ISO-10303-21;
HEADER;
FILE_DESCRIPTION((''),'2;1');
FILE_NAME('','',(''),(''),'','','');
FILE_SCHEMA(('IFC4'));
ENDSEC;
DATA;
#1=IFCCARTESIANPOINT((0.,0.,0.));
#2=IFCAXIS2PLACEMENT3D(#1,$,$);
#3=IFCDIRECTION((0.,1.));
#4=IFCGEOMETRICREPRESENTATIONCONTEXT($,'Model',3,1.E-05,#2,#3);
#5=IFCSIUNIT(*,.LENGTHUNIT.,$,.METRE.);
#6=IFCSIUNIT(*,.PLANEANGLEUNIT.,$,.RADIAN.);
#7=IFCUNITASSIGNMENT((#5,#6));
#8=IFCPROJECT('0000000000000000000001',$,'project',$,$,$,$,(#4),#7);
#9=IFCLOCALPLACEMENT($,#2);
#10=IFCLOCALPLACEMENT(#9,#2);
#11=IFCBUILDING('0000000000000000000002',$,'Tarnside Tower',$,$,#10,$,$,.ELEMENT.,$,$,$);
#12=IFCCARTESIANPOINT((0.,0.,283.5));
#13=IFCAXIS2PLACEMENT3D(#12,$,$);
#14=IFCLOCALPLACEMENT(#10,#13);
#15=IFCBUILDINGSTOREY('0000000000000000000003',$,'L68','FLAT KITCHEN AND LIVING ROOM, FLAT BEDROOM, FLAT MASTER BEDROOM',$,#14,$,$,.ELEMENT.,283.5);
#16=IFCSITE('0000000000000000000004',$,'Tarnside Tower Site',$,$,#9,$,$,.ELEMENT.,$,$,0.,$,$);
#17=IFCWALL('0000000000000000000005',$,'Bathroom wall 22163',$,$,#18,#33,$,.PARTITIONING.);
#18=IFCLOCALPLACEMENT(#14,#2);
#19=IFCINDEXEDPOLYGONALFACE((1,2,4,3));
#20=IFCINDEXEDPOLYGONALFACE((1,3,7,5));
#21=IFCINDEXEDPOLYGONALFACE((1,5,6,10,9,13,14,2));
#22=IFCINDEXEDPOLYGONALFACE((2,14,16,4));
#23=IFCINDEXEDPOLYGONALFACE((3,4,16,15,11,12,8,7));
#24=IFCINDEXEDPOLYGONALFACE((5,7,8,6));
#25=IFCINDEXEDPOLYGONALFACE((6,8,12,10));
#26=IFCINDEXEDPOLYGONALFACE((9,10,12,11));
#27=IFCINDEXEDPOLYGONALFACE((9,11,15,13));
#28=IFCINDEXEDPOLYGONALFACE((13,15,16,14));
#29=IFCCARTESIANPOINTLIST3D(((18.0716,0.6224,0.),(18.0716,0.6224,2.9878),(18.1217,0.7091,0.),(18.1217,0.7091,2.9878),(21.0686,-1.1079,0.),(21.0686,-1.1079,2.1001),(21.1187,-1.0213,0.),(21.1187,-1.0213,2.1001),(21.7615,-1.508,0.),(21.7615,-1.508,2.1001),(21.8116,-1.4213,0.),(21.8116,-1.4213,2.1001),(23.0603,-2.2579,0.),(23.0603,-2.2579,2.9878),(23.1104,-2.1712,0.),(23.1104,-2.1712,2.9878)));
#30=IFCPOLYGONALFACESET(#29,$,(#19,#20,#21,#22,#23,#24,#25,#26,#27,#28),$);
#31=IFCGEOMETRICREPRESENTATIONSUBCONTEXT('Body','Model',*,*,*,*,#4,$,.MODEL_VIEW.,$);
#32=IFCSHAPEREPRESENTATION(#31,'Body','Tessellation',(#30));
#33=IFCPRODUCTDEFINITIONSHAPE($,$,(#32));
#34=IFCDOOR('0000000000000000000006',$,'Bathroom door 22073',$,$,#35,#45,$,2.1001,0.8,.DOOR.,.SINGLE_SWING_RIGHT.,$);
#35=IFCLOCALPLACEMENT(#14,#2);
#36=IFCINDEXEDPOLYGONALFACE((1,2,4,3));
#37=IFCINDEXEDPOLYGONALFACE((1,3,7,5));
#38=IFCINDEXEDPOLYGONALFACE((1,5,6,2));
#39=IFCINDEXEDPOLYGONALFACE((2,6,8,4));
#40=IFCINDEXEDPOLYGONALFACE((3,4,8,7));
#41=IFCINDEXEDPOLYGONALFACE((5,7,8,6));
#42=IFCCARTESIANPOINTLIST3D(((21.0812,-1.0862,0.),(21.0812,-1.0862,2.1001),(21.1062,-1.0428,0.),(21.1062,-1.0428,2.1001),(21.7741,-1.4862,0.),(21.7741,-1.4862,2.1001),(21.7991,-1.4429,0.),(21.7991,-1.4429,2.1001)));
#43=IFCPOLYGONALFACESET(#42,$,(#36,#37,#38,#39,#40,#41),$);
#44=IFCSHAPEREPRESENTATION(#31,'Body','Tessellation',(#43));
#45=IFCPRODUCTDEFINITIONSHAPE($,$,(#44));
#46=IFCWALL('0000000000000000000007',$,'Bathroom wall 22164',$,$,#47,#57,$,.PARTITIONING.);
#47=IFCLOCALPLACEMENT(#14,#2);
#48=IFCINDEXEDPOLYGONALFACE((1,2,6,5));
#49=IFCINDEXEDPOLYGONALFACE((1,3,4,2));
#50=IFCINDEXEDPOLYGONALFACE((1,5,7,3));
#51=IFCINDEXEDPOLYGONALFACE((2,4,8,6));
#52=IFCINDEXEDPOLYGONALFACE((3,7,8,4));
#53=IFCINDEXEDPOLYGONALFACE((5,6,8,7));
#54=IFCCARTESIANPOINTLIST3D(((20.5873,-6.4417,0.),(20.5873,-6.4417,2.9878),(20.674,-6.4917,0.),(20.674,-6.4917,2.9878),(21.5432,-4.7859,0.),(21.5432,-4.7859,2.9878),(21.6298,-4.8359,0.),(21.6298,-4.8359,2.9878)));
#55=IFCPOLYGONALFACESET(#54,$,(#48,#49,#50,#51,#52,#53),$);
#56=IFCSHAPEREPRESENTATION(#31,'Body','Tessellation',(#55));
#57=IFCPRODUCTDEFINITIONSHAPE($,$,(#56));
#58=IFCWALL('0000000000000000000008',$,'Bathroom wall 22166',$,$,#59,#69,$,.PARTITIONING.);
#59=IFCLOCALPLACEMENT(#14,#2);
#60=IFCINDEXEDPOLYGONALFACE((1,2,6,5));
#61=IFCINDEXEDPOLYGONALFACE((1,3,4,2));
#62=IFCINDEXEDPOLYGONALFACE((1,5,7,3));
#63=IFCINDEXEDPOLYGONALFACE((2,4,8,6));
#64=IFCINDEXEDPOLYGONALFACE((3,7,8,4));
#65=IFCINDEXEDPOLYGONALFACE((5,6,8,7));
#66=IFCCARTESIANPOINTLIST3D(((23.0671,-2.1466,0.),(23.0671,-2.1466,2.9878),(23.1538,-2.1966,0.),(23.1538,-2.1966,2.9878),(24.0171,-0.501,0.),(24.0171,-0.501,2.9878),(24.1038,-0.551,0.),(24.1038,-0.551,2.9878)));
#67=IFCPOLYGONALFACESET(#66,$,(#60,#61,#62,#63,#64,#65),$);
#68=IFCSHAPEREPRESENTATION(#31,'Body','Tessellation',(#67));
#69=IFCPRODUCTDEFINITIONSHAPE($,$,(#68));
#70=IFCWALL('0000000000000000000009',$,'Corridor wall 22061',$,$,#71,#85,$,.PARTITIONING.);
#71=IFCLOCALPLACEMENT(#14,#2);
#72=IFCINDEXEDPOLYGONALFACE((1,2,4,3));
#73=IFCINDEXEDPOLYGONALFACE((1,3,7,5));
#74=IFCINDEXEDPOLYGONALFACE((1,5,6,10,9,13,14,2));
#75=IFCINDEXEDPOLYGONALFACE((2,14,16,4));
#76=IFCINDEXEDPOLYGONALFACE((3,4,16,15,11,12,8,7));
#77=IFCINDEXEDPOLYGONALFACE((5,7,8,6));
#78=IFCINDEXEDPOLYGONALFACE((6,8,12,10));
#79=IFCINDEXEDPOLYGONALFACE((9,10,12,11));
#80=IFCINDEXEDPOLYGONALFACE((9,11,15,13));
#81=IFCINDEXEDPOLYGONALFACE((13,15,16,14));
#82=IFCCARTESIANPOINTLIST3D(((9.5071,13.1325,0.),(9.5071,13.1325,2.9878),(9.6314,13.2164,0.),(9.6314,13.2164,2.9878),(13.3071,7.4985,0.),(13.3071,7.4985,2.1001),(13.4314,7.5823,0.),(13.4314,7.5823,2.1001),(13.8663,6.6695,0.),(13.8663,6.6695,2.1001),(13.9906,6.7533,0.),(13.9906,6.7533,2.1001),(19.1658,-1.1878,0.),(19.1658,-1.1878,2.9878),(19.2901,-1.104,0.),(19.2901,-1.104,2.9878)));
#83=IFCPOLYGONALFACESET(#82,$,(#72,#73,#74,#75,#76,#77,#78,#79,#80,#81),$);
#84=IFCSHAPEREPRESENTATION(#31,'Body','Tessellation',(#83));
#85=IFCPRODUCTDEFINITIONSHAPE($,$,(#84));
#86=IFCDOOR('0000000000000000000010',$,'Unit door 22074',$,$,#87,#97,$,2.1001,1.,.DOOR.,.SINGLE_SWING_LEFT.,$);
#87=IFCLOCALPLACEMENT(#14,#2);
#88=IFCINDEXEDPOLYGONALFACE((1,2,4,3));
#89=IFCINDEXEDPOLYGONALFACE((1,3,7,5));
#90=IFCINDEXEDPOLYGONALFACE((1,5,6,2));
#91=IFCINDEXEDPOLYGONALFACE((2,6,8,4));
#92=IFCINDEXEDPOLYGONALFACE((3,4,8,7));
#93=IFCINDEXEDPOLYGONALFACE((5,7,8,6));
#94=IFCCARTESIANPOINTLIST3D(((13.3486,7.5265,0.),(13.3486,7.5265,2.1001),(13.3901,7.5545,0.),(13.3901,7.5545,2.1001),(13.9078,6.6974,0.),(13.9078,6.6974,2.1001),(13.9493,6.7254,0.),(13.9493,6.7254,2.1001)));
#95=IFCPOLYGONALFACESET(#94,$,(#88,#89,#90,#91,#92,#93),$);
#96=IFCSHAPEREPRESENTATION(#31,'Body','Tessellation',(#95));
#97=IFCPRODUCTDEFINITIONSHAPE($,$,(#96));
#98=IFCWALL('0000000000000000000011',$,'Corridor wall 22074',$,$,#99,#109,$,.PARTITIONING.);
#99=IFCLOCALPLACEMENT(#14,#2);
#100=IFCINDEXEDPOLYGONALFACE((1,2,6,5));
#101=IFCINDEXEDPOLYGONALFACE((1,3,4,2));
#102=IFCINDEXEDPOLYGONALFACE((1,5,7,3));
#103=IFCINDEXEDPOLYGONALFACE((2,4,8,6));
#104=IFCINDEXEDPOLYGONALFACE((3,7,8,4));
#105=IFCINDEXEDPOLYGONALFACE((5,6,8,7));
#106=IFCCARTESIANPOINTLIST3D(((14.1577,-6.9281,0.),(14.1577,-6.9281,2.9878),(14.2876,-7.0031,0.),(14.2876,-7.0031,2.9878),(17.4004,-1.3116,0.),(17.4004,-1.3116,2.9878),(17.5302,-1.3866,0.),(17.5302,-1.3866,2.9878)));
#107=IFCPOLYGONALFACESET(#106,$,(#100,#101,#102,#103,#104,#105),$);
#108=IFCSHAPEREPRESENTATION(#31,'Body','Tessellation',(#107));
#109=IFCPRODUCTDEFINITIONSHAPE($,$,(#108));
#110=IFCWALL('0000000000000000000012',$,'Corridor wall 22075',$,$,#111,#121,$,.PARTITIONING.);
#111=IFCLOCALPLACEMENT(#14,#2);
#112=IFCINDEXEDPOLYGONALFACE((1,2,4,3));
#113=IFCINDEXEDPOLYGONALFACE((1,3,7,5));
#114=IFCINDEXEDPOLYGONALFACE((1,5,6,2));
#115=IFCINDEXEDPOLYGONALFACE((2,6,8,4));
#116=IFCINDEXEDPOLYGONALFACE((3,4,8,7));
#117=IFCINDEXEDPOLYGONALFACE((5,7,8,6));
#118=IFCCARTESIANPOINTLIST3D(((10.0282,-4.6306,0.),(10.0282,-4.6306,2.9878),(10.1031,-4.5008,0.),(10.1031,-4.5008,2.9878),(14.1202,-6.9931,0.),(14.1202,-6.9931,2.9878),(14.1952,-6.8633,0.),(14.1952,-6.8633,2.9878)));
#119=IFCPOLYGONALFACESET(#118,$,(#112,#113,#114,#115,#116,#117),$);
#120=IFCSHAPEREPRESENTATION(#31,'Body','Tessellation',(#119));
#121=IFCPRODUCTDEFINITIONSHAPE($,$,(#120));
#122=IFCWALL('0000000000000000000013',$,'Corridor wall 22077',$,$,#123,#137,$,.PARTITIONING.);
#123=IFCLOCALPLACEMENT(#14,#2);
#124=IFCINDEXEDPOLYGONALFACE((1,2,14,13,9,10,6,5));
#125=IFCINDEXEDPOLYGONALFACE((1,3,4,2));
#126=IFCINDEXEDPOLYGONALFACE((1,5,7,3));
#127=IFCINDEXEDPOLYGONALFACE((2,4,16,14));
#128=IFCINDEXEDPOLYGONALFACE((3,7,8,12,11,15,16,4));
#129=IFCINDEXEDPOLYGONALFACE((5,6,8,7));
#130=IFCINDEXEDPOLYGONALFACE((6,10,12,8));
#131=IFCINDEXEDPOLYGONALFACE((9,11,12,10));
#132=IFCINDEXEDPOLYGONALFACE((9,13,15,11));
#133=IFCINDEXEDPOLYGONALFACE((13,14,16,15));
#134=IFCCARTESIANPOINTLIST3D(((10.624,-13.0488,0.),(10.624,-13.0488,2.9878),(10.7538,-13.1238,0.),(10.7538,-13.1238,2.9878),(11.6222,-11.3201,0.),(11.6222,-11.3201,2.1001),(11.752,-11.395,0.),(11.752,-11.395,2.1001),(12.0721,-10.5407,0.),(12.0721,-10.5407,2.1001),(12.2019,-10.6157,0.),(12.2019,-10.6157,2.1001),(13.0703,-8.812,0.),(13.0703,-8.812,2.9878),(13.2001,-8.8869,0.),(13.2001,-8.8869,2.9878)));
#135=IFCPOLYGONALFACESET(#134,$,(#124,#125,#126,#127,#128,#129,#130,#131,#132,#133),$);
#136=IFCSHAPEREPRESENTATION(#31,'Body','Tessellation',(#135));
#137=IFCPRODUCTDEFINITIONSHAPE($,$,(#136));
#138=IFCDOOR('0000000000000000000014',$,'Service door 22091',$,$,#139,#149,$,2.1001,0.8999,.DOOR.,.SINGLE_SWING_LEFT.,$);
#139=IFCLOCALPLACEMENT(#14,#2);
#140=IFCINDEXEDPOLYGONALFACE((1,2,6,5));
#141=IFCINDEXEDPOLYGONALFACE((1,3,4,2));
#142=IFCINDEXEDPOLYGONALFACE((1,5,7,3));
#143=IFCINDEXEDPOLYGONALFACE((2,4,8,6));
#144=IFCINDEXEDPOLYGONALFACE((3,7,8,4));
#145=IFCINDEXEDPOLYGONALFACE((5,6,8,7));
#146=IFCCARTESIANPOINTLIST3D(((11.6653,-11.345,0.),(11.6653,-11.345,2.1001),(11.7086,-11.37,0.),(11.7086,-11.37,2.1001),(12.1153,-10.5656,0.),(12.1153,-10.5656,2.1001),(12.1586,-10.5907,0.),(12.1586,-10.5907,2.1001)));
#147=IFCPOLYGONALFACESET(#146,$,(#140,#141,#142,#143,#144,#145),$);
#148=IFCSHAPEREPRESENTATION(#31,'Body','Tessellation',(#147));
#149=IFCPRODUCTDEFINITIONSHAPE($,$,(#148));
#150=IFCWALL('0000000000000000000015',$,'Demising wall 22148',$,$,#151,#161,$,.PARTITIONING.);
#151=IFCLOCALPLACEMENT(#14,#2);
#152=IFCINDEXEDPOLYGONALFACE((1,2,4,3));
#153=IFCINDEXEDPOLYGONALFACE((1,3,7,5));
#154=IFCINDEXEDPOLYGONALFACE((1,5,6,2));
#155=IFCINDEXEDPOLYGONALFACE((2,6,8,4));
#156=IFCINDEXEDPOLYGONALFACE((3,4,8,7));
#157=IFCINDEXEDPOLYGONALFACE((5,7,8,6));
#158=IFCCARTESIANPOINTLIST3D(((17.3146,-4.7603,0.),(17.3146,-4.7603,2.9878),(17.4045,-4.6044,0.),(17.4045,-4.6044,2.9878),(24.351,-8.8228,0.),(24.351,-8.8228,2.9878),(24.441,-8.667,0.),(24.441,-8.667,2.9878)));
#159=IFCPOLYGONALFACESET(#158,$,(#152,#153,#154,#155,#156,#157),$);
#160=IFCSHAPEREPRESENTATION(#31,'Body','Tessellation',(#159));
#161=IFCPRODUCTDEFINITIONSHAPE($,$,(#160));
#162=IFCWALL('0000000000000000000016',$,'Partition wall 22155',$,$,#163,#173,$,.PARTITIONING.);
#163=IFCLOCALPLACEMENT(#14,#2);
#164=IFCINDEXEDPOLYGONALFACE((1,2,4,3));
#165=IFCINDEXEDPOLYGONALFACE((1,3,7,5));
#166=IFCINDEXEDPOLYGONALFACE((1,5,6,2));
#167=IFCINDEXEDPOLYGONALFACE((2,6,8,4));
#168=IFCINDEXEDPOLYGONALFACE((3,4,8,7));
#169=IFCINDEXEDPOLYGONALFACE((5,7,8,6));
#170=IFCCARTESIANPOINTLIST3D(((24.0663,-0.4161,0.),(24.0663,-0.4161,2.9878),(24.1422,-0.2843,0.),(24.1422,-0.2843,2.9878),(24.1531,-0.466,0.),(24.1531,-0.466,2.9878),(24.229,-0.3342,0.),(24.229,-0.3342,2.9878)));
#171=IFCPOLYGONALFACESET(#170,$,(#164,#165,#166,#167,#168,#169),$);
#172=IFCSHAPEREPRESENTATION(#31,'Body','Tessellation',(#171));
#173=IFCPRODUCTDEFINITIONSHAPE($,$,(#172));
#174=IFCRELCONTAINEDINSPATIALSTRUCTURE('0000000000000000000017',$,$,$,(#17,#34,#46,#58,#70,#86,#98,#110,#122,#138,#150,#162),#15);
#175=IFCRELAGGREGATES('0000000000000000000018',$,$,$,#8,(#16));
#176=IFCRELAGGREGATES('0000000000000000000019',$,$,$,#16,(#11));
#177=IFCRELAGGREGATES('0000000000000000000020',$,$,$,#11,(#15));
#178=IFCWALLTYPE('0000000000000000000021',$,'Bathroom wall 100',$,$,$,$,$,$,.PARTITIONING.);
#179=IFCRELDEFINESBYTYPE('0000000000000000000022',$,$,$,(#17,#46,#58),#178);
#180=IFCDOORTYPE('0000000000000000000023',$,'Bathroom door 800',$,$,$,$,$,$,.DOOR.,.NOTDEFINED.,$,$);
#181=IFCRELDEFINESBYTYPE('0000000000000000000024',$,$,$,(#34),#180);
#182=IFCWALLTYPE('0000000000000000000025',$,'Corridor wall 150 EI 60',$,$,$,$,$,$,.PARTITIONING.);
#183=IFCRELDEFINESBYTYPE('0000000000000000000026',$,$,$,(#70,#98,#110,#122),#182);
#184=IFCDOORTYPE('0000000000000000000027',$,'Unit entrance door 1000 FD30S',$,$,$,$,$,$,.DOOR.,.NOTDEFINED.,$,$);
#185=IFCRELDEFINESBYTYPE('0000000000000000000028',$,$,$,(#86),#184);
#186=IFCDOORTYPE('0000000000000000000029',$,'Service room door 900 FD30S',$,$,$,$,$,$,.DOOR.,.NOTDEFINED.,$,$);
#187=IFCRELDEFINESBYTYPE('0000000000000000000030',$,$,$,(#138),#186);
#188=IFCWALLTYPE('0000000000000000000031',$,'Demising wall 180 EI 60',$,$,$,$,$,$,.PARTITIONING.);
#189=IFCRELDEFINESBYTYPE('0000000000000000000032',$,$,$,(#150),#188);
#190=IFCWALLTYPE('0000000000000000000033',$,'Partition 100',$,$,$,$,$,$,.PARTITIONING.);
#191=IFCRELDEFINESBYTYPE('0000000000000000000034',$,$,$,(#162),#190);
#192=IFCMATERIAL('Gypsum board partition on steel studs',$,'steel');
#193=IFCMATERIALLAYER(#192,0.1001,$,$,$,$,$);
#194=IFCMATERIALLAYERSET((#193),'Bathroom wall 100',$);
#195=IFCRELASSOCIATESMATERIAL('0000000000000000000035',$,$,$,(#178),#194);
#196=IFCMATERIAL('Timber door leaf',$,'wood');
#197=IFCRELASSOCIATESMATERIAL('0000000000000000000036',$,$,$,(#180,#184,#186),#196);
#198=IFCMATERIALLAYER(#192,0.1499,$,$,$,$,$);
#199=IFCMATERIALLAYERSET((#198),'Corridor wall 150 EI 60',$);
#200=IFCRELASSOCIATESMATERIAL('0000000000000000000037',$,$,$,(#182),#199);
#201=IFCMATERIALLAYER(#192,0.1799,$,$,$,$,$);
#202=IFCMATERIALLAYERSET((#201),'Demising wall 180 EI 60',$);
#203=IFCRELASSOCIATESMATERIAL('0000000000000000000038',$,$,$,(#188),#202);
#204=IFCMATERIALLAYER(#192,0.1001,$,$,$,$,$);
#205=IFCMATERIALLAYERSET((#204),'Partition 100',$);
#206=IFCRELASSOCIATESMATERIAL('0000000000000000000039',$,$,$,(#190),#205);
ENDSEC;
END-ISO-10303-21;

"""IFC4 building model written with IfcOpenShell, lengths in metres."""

from ifc_helpers import new_model, si_unit, direction, frame, frame_2d, origin, place, context, subcontext, project, spatial, rectangle, extrude, material, layer, layer_set, type_object, element, fill, save


model = new_model("IFC4")

# Units and contexts
model_context = context("Model", 3, precision=1e-05, world=origin(), true_north=direction((0.0, 1.0)))
body_context = subcontext(model_context, "Body", "Model", "MODEL_VIEW")
ifc_project = project(units=[si_unit("LENGTHUNIT", "METRE"), si_unit("PLANEANGLEUNIT", "RADIAN")], contexts=[model_context])

# Site, building, storey
site_placement = place(None, origin())
site = spatial("IfcSite", under=ifc_project, at=site_placement, Name="Tarnside Tower Site", CompositionType="ELEMENT", RefElevation=0.0)
building_placement = place(site_placement, origin())
building = spatial("IfcBuilding", under=site, at=building_placement, Name="Tarnside Tower", CompositionType="ELEMENT")
storey_placement = place(building_placement, frame((0.0, 0.0, 283.5)))
storey = spatial("IfcBuildingStorey", under=building, at=storey_placement, Name="L68", Description="FLAT KITCHEN AND LIVING ROOM, FLAT BEDROOM, FLAT MASTER BEDROOM", CompositionType="ELEMENT", Elevation=283.5)

# Shared definitions
ifc_material_1 = material(Name="Gypsum board partition on steel studs", Category="steel")
ifc_layer_1 = layer(ifc_material_1, 0.1001)
ifc_layer_set_1 = layer_set([ifc_layer_1], Name="Bathroom wall 100")
wall_type_1 = type_object("IfcWallType", Name="Bathroom wall 100", PredefinedType="PARTITIONING", material=ifc_layer_set_1)

# Wall, opening, door
ifc_material_2 = material(Name="Timber door leaf", Category="wood")
door_type_1 = type_object("IfcDoorType", Name="Bathroom door 800", OperationType="NOTDEFINED", PredefinedType="DOOR", material=ifc_material_2)
wall_1_placement = place(storey_placement, frame((23.0854, -2.2146, 0.0), z_axis=(0.0, 0.0, 1.0), x_axis=(-0.866018, 0.500013, 0.0)))
wall_1 = element("IfcWall", 1, at=wall_1_placement, inside=storey, type_object=wall_type_1, Name="Bathroom wall 22163", PredefinedType="PARTITIONING", context=body_context, shape_type="SweptSolid", body=[
    extrude(rectangle(XDim=5.7605, YDim=0.1001, at=frame_2d((2.8804, 0.0))), origin(), (0.0, 0.0, 1.0), 2.9878),
])
opening_1_placement = place(wall_1_placement, frame((1.5, 0.0, 0.0)))
opening_1 = element("IfcOpeningElement", 2, at=opening_1_placement, cuts=wall_1, PredefinedType="OPENING", context=body_context, shape_type="SweptSolid", body=[
    extrude(rectangle(XDim=0.8, YDim=2.1001, at=frame_2d((0.3999, 1.05))), frame((0.0, 0.0601, 0.0), z_axis=(0.0, -1.0, 0.0), x_axis=(1.0, 0.0, 0.0)), (0.0, 0.0, 1.0), 0.1201),
])
door_1_placement = place(opening_1_placement, origin())
door_1 = element("IfcDoor", 3, at=door_1_placement, inside=storey, type_object=door_type_1, Name="Bathroom door 22073", OperationType="SINGLE_SWING_RIGHT", OverallHeight=2.1001, OverallWidth=0.8, PredefinedType="DOOR", context=body_context, shape_type="SweptSolid", body=[
    extrude(rectangle(XDim=0.8, YDim=2.1001, at=frame_2d((0.3999, 1.05))), frame((0.0, 0.0249, 0.0), z_axis=(0.0, -1.0, 0.0), x_axis=(1.0, 0.0, 0.0)), (0.0, 0.0, 1.0), 0.05),
])
fill(opening_1, door_1)

# Walls
wall_2_placement = place(storey_placement, frame((20.6306, -6.4668, 0.0), z_axis=(0.0, 0.0, 1.0), x_axis=(0.499944, 0.866058, 0.0)))
element("IfcWall", 4, at=wall_2_placement, inside=storey, type_object=wall_type_1, Name="Bathroom wall 22164", PredefinedType="PARTITIONING", context=body_context, shape_type="SweptSolid", body=[
    extrude(rectangle(XDim=1.9119, YDim=0.1001, at=frame_2d((0.9561, 0.0))), origin(), (0.0, 0.0, 1.0), 2.9878),
])
wall_3_placement = place(storey_placement, frame((24.0605, -0.5259, 0.0), z_axis=(0.0, 0.0, 1.0), x_axis=(-0.499967, -0.866044, 0.0)))
element("IfcWall", 5, at=wall_3_placement, inside=storey, type_object=wall_type_1, Name="Bathroom wall 22166", PredefinedType="PARTITIONING", context=body_context, shape_type="SweptSolid", body=[
    extrude(rectangle(XDim=1.9001, YDim=0.1001, at=frame_2d((0.9502, 0.0))), origin(), (0.0, 0.0, 1.0), 2.9878),
])

# Wall, opening, door
ifc_layer_2 = layer(ifc_material_1, 0.1499)
ifc_layer_set_2 = layer_set([ifc_layer_2], Name="Corridor wall 150 EI 60")
wall_type_2 = type_object("IfcWallType", Name="Corridor wall 150 EI 60", PredefinedType="PARTITIONING", material=ifc_layer_set_2)
wall_4_placement = place(storey_placement, frame((19.228, -1.146, 0.0), z_axis=(0.0, 0.0, 1.0), x_axis=(-0.559174, 0.82905, 0.0)))
wall_4 = element("IfcWall", 6, at=wall_4_placement, inside=storey, type_object=wall_type_2, Name="Corridor wall 22061", PredefinedType="PARTITIONING", context=body_context, shape_type="SweptSolid", body=[
    extrude(rectangle(XDim=17.2732, YDim=0.1499, at=frame_2d((8.6367, 0.0))), origin(), (0.0, 0.0, 1.0), 2.9878),
])
opening_2_placement = place(wall_4_placement, frame((9.4775, 0.0, 0.0)))
opening_2 = element("IfcOpeningElement", 7, at=opening_2_placement, cuts=wall_4, PredefinedType="OPENING", context=body_context, shape_type="SweptSolid", body=[
    extrude(rectangle(XDim=1.0, YDim=2.1001, at=frame_2d((0.5, 1.05))), frame((0.0, 0.085, 0.0), z_axis=(0.0, -1.0, 0.0), x_axis=(1.0, 0.0, 0.0)), (0.0, 0.0, 1.0), 0.1699),
])
door_type_2 = type_object("IfcDoorType", Name="Unit entrance door 1000 FD30S", OperationType="NOTDEFINED", PredefinedType="DOOR", material=ifc_material_2)
door_2_placement = place(opening_2_placement, origin())
door_2 = element("IfcDoor", 8, at=door_2_placement, inside=storey, type_object=door_type_2, Name="Unit door 22074", OperationType="SINGLE_SWING_LEFT", OverallHeight=2.1001, OverallWidth=1.0, PredefinedType="DOOR", context=body_context, shape_type="SweptSolid", body=[
    extrude(rectangle(XDim=1.0, YDim=2.1001, at=frame_2d((0.5, 1.05))), frame((0.0, 0.0249, 0.0), z_axis=(0.0, -1.0, 0.0), x_axis=(1.0, 0.0, 0.0)), (0.0, 0.0, 1.0), 0.05),
])
fill(opening_2, door_2)

# Walls
wall_5_placement = place(storey_placement, frame((17.4653, -1.3491, 0.0), z_axis=(0.0, 0.0, 1.0), x_axis=(-0.500002, -0.866024, 0.0)))
element("IfcWall", 9, at=wall_5_placement, inside=storey, type_object=wall_type_2, Name="Corridor wall 22074", PredefinedType="PARTITIONING", context=body_context, shape_type="SweptSolid", body=[
    extrude(rectangle(XDim=6.4854, YDim=0.1499, at=frame_2d((3.2427, 0.0))), origin(), (0.0, 0.0, 1.0), 2.9878),
])
wall_6_placement = place(storey_placement, frame((14.1577, -6.9282, 0.0), z_axis=(0.0, 0.0, 1.0), x_axis=(-0.866025, 0.500001, 0.0)))
element("IfcWall", 10, at=wall_6_placement, inside=storey, type_object=wall_type_2, Name="Corridor wall 22075", PredefinedType="PARTITIONING", context=body_context, shape_type="SweptSolid", body=[
    extrude(rectangle(XDim=4.7251, YDim=0.1499, at=frame_2d((2.3625, 0.0))), origin(), (0.0, 0.0, 1.0), 2.9878),
])

# Wall, opening, door
wall_7_placement = place(storey_placement, frame((13.1353, -8.8494, 0.0), z_axis=(0.0, 0.0, 1.0), x_axis=(-0.500025, -0.866011, 0.0)))
wall_7 = element("IfcWall", 11, at=wall_7_placement, inside=storey, type_object=wall_type_2, Name="Corridor wall 22077", PredefinedType="PARTITIONING", context=body_context, shape_type="SweptSolid", body=[
    extrude(rectangle(XDim=4.8923, YDim=0.1499, at=frame_2d((2.4463, 0.0))), origin(), (0.0, 0.0, 1.0), 2.9878),
])
opening_3_placement = place(wall_7_placement, frame((1.9963, 0.0, 0.0)))
opening_3 = element("IfcOpeningElement", 12, at=opening_3_placement, cuts=wall_7, PredefinedType="OPENING", context=body_context, shape_type="SweptSolid", body=[
    extrude(rectangle(XDim=0.8999, YDim=2.1001, at=frame_2d((0.45, 1.05))), frame((0.0, 0.085, 0.0), z_axis=(0.0, -1.0, 0.0), x_axis=(1.0, 0.0, 0.0)), (0.0, 0.0, 1.0), 0.1699),
])
door_type_3 = type_object("IfcDoorType", Name="Service room door 900 FD30S", OperationType="NOTDEFINED", PredefinedType="DOOR", material=ifc_material_2)
door_3_placement = place(opening_3_placement, origin())
door_3 = element("IfcDoor", 13, at=door_3_placement, inside=storey, type_object=door_type_3, Name="Service door 22091", OperationType="SINGLE_SWING_LEFT", OverallHeight=2.1001, OverallWidth=0.8999, PredefinedType="DOOR", context=body_context, shape_type="SweptSolid", body=[
    extrude(rectangle(XDim=0.8999, YDim=2.1001, at=frame_2d((0.45, 1.05))), frame((0.0, 0.0249, 0.0), z_axis=(0.0, -1.0, 0.0), x_axis=(1.0, 0.0, 0.0)), (0.0, 0.0, 1.0), 0.05),
])
fill(opening_3, door_3)

# Walls
ifc_layer_3 = layer(ifc_material_1, 0.1799)
ifc_layer_set_3 = layer_set([ifc_layer_3], Name="Demising wall 180 EI 60")
wall_type_3 = type_object("IfcWallType", Name="Demising wall 180 EI 60", PredefinedType="PARTITIONING", material=ifc_layer_set_3)
wall_8_placement = place(storey_placement, frame((24.396, -8.7449, 0.0), z_axis=(0.0, 0.0, 1.0), x_axis=(-0.866023, 0.500004, 0.0)))
element("IfcWall", 14, at=wall_8_placement, inside=storey, type_object=wall_type_3, Name="Demising wall 22148", PredefinedType="PARTITIONING", context=body_context, shape_type="SweptSolid", body=[
    extrude(rectangle(XDim=8.125, YDim=0.1799, at=frame_2d((4.0625, 0.0))), origin(), (0.0, 0.0, 1.0), 2.9878),
])
ifc_layer_4 = layer(ifc_material_1, 0.1001)
ifc_layer_set_4 = layer_set([ifc_layer_4], Name="Partition 100")
wall_type_4 = type_object("IfcWallType", Name="Partition 100", PredefinedType="PARTITIONING", material=ifc_layer_set_4)
wall_9_placement = place(storey_placement, frame((24.1096, -0.4412, 0.0), z_axis=(0.0, 0.0, 1.0), x_axis=(0.499074, 0.866559, 0.0)))
element("IfcWall", 15, at=wall_9_placement, inside=storey, type_object=wall_type_4, Name="Partition wall 22155", PredefinedType="PARTITIONING", context=body_context, shape_type="SweptSolid", body=[
    extrude(rectangle(XDim=0.1521, YDim=0.1001, at=frame_2d((0.0762, 0.0))), origin(), (0.0, 0.0, 1.0), 2.9878),
])

save(model, "model.ifc")
